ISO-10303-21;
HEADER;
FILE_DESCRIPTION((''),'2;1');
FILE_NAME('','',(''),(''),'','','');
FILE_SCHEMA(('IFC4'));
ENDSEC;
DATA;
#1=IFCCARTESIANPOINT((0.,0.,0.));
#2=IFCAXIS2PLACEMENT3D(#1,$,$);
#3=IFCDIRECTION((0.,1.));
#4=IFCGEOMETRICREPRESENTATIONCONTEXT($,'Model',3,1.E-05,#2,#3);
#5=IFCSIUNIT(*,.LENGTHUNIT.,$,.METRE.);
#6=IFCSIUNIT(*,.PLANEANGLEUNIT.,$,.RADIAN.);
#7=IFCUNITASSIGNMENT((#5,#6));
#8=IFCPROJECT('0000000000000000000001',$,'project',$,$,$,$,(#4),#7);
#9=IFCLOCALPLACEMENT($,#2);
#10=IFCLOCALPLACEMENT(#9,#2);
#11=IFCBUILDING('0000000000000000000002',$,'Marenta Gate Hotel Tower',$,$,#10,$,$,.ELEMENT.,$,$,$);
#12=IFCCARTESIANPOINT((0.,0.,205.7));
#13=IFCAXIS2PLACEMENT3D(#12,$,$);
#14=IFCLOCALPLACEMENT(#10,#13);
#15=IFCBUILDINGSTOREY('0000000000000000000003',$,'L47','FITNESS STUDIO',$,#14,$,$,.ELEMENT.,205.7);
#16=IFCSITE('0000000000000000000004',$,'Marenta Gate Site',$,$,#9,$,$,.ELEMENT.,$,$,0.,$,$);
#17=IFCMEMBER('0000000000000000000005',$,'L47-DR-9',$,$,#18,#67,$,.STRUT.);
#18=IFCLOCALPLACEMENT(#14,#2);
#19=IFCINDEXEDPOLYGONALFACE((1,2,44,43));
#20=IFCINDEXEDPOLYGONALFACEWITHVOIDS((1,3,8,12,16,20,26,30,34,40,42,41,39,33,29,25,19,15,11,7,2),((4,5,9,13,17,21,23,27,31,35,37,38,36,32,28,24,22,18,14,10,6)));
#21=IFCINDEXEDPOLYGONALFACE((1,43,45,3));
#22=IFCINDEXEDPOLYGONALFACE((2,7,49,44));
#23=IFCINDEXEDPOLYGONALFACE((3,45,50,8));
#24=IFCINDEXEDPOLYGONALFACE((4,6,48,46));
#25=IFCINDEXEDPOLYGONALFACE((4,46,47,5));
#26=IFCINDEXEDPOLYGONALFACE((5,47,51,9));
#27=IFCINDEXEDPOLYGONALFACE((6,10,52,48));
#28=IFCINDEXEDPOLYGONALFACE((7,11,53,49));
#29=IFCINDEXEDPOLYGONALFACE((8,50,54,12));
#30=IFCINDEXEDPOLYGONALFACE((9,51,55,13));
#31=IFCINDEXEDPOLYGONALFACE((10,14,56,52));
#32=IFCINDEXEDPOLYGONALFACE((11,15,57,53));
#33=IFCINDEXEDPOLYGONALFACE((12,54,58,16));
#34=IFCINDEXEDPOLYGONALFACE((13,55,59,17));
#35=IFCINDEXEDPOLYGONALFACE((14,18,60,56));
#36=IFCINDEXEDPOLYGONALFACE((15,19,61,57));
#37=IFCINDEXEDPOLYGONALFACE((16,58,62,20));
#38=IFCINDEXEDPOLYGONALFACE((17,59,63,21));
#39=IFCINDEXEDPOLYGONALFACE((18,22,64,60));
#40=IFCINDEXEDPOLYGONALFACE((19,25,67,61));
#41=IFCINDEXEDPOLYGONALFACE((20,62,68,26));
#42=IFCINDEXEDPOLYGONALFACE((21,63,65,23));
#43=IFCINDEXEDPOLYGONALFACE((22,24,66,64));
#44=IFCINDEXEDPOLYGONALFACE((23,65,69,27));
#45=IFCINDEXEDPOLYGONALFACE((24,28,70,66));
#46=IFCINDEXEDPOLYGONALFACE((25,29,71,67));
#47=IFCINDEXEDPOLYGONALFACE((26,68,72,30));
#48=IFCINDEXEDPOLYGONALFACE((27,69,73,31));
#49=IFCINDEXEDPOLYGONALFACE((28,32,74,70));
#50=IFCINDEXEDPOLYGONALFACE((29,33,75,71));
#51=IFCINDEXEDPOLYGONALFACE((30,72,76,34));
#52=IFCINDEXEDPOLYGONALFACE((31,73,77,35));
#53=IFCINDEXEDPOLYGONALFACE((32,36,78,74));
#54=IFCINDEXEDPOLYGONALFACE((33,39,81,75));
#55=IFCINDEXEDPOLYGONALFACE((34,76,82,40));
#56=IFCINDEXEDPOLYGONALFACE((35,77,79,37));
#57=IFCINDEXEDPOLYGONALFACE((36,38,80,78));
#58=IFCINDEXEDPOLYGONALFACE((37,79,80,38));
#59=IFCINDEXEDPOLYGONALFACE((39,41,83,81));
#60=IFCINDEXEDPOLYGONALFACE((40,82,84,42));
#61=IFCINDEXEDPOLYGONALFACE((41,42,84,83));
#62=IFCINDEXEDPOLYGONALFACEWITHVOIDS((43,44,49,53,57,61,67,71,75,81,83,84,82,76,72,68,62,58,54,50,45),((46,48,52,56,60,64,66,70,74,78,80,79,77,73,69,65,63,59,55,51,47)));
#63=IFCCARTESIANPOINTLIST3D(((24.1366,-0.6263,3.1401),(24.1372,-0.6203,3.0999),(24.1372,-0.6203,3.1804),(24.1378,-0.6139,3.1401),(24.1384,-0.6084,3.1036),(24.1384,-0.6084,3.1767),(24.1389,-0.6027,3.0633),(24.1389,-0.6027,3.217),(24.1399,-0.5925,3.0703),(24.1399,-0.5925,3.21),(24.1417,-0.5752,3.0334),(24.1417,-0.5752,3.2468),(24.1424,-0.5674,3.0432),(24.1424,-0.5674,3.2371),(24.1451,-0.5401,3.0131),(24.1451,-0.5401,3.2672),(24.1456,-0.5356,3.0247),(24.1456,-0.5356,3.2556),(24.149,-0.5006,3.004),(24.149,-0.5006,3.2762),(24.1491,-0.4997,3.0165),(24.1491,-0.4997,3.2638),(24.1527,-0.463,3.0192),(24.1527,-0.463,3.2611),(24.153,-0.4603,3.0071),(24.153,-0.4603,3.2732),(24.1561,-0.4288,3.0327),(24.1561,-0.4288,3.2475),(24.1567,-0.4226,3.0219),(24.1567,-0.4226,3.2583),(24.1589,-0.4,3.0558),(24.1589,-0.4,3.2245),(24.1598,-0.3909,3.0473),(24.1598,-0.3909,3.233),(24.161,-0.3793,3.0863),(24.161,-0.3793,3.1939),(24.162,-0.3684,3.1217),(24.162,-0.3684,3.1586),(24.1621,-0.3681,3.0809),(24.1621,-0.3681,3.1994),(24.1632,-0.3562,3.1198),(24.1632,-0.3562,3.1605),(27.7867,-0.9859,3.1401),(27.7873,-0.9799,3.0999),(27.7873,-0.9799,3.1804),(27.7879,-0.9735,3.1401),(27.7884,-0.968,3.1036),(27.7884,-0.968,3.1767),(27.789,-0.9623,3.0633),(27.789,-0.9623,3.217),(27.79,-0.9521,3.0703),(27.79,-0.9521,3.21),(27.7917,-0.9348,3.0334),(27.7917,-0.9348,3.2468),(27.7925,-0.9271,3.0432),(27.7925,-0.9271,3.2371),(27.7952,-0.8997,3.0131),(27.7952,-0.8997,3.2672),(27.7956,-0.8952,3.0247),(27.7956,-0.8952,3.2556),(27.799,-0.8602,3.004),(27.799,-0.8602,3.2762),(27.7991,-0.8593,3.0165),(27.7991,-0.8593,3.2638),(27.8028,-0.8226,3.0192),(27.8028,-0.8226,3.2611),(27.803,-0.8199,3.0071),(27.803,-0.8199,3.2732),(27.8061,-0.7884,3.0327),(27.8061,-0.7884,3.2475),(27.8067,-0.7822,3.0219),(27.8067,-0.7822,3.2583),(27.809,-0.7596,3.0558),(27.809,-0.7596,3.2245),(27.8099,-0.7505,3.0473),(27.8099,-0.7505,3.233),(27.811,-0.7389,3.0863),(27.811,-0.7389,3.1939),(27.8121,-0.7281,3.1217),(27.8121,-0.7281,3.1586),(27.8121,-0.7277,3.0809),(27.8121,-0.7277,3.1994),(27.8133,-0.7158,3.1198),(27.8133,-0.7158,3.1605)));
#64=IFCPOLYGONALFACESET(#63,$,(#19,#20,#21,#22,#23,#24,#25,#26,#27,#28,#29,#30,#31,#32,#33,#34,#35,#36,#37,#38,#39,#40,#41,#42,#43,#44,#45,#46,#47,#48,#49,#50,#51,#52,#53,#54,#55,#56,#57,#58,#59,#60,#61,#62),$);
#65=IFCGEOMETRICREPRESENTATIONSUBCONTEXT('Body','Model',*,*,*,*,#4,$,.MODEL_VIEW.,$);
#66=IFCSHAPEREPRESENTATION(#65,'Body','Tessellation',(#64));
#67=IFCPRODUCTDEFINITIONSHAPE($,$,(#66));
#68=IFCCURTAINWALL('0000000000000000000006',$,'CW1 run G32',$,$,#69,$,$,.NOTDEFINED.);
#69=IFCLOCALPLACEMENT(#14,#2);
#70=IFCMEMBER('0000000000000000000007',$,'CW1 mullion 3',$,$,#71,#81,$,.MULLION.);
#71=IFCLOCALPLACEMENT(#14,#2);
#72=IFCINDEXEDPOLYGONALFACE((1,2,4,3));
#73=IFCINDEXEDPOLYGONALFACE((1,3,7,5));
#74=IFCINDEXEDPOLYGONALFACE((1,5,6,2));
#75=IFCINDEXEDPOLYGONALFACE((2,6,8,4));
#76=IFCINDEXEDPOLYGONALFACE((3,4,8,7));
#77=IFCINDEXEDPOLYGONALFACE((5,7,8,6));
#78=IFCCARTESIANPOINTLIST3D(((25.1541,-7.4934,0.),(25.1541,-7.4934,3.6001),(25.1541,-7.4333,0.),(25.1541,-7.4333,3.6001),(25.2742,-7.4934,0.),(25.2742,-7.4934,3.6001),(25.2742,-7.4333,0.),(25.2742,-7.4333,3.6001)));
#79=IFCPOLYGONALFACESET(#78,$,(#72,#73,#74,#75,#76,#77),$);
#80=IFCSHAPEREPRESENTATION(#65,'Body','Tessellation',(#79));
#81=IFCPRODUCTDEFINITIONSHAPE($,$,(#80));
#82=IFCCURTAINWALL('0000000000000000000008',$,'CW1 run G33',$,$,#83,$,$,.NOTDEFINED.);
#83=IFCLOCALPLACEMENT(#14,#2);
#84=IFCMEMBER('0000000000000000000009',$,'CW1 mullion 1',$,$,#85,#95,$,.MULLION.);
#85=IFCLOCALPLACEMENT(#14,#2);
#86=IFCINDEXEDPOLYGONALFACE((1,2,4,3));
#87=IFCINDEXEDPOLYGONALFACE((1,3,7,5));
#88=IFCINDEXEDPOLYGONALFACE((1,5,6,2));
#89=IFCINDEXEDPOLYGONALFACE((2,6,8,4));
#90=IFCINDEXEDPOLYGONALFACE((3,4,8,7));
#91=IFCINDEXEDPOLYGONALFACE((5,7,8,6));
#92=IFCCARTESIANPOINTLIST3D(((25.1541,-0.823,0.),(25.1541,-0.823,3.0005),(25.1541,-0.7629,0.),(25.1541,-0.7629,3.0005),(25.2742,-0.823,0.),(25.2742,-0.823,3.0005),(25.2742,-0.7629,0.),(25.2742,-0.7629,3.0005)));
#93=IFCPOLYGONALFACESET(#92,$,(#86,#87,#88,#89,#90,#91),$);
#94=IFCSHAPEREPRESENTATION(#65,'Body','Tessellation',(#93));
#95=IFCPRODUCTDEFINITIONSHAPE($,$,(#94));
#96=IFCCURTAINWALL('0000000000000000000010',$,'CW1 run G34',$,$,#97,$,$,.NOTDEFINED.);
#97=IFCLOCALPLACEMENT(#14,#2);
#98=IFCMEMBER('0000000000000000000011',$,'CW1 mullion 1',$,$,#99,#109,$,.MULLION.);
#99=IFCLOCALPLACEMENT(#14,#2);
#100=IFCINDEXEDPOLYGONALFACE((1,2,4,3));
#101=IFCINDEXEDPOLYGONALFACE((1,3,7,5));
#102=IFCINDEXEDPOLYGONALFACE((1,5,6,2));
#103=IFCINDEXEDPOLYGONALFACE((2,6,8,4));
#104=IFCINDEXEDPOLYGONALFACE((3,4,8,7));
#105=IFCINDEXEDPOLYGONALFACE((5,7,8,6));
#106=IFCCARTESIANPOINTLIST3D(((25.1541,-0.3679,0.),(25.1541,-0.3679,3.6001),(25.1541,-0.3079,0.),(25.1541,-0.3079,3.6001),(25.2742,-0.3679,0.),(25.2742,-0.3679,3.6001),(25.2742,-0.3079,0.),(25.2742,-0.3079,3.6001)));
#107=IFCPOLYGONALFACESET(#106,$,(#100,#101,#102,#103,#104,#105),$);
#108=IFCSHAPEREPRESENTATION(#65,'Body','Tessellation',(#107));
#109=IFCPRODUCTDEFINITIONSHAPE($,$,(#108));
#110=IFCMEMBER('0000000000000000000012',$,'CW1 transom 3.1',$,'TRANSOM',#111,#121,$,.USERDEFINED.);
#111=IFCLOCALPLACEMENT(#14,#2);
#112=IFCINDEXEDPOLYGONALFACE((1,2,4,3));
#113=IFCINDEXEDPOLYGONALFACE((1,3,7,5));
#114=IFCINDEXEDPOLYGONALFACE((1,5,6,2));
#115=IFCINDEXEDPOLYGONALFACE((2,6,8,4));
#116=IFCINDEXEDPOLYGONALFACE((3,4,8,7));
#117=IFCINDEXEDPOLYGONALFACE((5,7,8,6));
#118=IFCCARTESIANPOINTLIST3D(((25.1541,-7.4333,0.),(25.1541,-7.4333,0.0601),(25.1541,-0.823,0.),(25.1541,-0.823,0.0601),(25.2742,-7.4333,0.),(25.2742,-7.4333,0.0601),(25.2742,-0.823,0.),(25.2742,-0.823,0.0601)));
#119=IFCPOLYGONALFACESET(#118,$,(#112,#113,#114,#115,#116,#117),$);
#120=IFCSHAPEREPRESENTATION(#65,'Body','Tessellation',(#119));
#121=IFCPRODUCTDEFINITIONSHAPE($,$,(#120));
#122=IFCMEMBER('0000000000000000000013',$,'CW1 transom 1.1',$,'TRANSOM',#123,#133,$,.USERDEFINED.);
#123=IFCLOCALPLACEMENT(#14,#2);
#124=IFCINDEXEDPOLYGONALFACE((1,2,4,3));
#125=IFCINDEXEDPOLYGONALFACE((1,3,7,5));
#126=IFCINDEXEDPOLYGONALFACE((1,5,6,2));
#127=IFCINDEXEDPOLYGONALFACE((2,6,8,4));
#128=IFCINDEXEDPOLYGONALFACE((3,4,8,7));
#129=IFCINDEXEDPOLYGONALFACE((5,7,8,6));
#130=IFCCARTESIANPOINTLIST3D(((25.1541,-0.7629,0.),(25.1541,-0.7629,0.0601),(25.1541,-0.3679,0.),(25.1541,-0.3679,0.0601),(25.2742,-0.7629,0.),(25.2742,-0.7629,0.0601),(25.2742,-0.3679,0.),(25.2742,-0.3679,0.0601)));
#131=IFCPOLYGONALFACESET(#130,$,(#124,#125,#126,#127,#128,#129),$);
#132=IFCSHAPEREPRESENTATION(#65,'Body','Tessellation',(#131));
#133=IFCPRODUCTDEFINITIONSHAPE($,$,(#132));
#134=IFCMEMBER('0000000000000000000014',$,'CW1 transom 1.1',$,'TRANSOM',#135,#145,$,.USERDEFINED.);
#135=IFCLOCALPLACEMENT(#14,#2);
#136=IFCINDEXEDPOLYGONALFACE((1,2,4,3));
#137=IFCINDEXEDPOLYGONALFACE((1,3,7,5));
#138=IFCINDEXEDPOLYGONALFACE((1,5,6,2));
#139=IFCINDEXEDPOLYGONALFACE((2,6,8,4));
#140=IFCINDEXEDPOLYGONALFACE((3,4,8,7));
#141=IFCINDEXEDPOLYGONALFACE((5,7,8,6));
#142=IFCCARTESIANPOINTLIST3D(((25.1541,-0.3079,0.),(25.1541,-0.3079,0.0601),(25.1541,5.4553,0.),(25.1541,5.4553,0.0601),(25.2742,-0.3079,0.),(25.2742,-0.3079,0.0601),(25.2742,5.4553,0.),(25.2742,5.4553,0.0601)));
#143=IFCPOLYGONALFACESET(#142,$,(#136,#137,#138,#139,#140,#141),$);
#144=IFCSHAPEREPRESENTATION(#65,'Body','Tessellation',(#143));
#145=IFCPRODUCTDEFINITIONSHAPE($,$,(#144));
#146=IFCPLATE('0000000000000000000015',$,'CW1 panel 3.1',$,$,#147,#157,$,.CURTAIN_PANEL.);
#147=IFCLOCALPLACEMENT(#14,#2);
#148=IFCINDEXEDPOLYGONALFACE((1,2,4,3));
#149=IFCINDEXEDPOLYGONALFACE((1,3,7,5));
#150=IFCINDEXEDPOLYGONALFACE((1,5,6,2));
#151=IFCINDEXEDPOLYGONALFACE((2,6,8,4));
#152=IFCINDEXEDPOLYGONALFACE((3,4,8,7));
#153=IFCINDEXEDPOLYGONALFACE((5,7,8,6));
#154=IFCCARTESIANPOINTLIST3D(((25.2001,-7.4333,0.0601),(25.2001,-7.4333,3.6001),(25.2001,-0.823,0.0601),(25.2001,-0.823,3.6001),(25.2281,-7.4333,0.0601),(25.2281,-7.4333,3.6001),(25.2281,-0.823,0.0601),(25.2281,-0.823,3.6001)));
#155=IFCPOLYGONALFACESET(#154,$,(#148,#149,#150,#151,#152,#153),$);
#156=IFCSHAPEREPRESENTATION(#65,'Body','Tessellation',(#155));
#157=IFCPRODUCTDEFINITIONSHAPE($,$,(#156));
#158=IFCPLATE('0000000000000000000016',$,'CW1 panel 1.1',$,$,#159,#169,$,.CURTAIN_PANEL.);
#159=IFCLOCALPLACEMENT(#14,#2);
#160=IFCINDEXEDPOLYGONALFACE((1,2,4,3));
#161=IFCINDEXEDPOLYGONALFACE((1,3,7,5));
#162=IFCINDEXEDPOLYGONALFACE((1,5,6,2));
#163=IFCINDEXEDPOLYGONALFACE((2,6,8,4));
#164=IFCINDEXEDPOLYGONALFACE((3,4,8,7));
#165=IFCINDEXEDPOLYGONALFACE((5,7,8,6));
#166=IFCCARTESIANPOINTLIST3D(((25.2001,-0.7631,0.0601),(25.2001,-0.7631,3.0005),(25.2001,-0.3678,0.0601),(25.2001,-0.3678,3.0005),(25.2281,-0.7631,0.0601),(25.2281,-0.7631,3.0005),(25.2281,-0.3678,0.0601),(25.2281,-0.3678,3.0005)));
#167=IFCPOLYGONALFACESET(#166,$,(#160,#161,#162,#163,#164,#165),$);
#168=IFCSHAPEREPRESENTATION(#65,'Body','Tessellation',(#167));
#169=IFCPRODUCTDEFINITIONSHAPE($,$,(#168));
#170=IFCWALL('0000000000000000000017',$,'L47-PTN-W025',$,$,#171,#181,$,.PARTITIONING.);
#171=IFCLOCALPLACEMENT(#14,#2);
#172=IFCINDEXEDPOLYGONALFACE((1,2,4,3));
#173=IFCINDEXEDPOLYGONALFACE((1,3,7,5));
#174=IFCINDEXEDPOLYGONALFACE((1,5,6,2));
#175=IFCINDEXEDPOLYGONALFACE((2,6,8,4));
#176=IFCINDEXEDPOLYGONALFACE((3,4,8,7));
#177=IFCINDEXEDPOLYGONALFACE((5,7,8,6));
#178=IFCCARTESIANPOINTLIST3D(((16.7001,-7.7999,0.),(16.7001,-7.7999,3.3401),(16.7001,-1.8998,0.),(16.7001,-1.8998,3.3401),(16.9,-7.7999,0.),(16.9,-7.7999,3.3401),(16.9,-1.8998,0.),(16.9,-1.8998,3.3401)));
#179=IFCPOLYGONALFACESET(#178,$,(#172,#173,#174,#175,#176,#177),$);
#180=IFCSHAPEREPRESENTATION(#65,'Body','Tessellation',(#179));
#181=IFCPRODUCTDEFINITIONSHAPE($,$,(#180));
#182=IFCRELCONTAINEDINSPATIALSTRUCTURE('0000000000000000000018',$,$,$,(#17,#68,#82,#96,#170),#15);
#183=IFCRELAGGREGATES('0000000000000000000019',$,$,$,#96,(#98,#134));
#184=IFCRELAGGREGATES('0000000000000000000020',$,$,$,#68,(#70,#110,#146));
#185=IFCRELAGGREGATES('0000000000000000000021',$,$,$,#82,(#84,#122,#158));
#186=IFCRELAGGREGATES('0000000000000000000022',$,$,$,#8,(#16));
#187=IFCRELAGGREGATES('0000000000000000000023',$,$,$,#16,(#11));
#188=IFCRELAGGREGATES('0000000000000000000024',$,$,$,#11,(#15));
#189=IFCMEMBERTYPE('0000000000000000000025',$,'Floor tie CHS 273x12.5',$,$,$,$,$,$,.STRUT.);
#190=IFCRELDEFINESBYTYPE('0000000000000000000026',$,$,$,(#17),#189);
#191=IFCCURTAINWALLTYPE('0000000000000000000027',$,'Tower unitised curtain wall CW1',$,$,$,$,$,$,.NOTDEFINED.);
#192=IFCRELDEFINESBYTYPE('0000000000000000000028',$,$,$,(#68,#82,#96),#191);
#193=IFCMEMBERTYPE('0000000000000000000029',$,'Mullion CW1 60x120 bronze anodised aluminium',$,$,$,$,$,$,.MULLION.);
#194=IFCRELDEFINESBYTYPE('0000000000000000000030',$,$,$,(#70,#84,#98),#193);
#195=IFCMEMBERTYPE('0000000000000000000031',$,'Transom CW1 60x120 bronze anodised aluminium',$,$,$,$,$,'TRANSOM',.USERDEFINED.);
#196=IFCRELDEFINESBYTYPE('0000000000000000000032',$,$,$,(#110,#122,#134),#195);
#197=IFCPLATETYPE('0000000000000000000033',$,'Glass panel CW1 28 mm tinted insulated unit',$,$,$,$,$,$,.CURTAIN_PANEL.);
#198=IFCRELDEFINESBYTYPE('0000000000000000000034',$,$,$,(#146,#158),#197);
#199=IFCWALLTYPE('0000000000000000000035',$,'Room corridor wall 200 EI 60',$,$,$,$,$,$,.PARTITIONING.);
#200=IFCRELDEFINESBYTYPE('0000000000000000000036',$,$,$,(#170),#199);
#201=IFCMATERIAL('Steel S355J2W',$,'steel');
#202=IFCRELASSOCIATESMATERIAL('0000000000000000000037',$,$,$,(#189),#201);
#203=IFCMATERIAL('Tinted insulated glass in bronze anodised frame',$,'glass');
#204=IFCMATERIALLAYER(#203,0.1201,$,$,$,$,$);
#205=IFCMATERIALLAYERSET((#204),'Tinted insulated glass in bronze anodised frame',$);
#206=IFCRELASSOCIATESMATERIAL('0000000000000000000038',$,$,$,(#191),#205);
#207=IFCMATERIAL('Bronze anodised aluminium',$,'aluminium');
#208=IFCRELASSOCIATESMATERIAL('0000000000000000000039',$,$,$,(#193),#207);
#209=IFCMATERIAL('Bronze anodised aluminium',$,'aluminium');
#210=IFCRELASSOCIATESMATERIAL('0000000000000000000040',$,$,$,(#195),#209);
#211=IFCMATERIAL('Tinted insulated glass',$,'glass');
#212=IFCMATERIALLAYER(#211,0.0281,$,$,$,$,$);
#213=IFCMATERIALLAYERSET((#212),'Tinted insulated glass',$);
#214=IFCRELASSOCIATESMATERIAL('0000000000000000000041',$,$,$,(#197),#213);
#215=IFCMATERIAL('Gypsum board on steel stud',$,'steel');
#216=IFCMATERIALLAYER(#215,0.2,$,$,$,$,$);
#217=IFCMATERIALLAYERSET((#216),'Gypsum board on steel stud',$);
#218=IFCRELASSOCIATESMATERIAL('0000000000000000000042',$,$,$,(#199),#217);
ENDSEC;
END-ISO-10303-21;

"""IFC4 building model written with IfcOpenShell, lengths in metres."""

from ifc_helpers import new_model, si_unit, direction, frame, frame_2d, origin, origin_2d, place, context, subcontext, project, spatial, rectangle, hollow_circle, extrude, material, layer, layer_set, material_profile, profile_set, type_object, element, aggregate, save


model = new_model("IFC4")

# Units and contexts
model_context = context("Model", 3, precision=1e-05, world=origin(), true_north=direction((0.0, 1.0)))
body_context = subcontext(model_context, "Body", "Model", "MODEL_VIEW")
ifc_project = project(units=[si_unit("LENGTHUNIT", "METRE"), si_unit("PLANEANGLEUNIT", "RADIAN")], contexts=[model_context])

# Site, building, storey
site_placement = place(None, origin())
site = spatial("IfcSite", under=ifc_project, at=site_placement, Name="Marenta Gate Site", CompositionType="ELEMENT", RefElevation=0.0)
building_placement = place(site_placement, origin())
building = spatial("IfcBuilding", under=site, at=building_placement, Name="Marenta Gate Hotel Tower", CompositionType="ELEMENT")
storey_placement = place(building_placement, frame((0.0, 0.0, 205.7)))
storey = spatial("IfcBuildingStorey", under=building, at=storey_placement, Name="L47", Description="FITNESS STUDIO", CompositionType="ELEMENT", Elevation=205.7)

# Member
ifc_material_1 = material(Name="Steel S355J2W", Category="steel")
ifc_material_profile_1 = material_profile(ifc_material_1, hollow_circle(Radius=0.1365, WallThickness=0.0125, at=origin_2d()), Name="CHS 273x12.5")
ifc_profile_set_1 = profile_set([ifc_material_profile_1], Name="Steel S355J2W")
member_type_1 = type_object("IfcMemberType", Name="Floor tie CHS 273x12.5", PredefinedType="STRUT", material=ifc_profile_set_1)
member_1_placement = place(storey_placement, frame((27.8, -0.8501, 3.1401), z_axis=(-0.995182, 0.098047, 0.0), x_axis=(-0.098047, -0.995182, 0.0)))
element("IfcMember", 1, at=member_1_placement, inside=storey, type_object=member_type_1, Name="L47-DR-9", PredefinedType="STRUT", context=body_context, shape_type="SweptSolid", body=[
    extrude(hollow_circle(Radius=0.1365, WallThickness=0.0125, at=origin_2d()), origin(), (0.0, 0.0, 1.0), 3.6677),
])

# Curtain walls, members
ifc_material_2 = material(Name="Tinted insulated glass in bronze anodised frame", Category="glass")
ifc_layer_1 = layer(ifc_material_2, 0.1201)
ifc_layer_set_1 = layer_set([ifc_layer_1], Name="Tinted insulated glass in bronze anodised frame")
curtain_wall_type = type_object("IfcCurtainWallType", Name="Tower unitised curtain wall CW1", PredefinedType="NOTDEFINED", material=ifc_layer_set_1)
curtain_wall_1_placement = place(storey_placement, origin())
curtain_wall_1 = element("IfcCurtainWall", 2, at=curtain_wall_1_placement, inside=storey, type_object=curtain_wall_type, Name="CW1 run G32", PredefinedType="NOTDEFINED")
ifc_material_3 = material(Name="Bronze anodised aluminium", Category="aluminium")
ifc_material_profile_2 = material_profile(ifc_material_3, rectangle(XDim=0.1201, YDim=0.0601, at=origin_2d()), Name="Mullion CW1 60x120 bronze anodised aluminium")
ifc_profile_set_2 = profile_set([ifc_material_profile_2], Name="Bronze anodised aluminium")
member_type_2 = type_object("IfcMemberType", Name="Mullion CW1 60x120 bronze anodised aluminium", PredefinedType="MULLION", material=ifc_profile_set_2)
member_2_placement = place(storey_placement, frame((25.2141, -7.4634, 0.0), z_axis=(0.0, 0.0, 1.0), x_axis=(-1.0, 0.0, 0.0)))
member_2 = element("IfcMember", 3, at=member_2_placement, type_object=member_type_2, Name="CW1 mullion 3", PredefinedType="MULLION", context=body_context, shape_type="SweptSolid", body=[
    extrude(rectangle(XDim=0.1201, YDim=0.0601, at=origin_2d()), origin(), (0.0, 0.0, 1.0), 3.6001),
])
curtain_wall_2_placement = place(storey_placement, origin())
curtain_wall_2 = element("IfcCurtainWall", 4, at=curtain_wall_2_placement, inside=storey, type_object=curtain_wall_type, Name="CW1 run G33", PredefinedType="NOTDEFINED")
member_3_placement = place(storey_placement, frame((25.2141, -0.793, 0.0), z_axis=(0.0, 0.0, 1.0), x_axis=(-1.0, 0.0, 0.0)))
member_3 = element("IfcMember", 5, at=member_3_placement, type_object=member_type_2, Name="CW1 mullion 1", PredefinedType="MULLION", context=body_context, shape_type="SweptSolid", body=[
    extrude(rectangle(XDim=0.1201, YDim=0.0601, at=origin_2d()), origin(), (0.0, 0.0, 1.0), 3.0005),
])
curtain_wall_3_placement = place(storey_placement, origin())
curtain_wall_3 = element("IfcCurtainWall", 6, at=curtain_wall_3_placement, inside=storey, type_object=curtain_wall_type, Name="CW1 run G34", PredefinedType="NOTDEFINED")
member_4_placement = place(storey_placement, frame((25.2141, -0.3379, 0.0), z_axis=(0.0, 0.0, 1.0), x_axis=(-1.0, 0.0, 0.0)))
member_4 = element("IfcMember", 7, at=member_4_placement, type_object=member_type_2, Name="CW1 mullion 1", PredefinedType="MULLION", context=body_context, shape_type="SweptSolid", body=[
    extrude(rectangle(XDim=0.1201, YDim=0.0601, at=origin_2d()), origin(), (0.0, 0.0, 1.0), 3.6001),
])

# Members
ifc_material_4 = material(Name="Bronze anodised aluminium", Category="aluminium")
ifc_material_profile_3 = material_profile(ifc_material_4, rectangle(XDim=0.1201, YDim=0.0601, at=origin_2d()), Name="Transom CW1 60x120 bronze anodised aluminium")
ifc_profile_set_3 = profile_set([ifc_material_profile_3], Name="Bronze anodised aluminium")
member_type_3 = type_object("IfcMemberType", Name="Transom CW1 60x120 bronze anodised aluminium", ElementType="TRANSOM", PredefinedType="USERDEFINED", material=ifc_profile_set_3)
member_5_placement = place(storey_placement, frame((25.2141, -7.4333, 0.03), z_axis=(0.0, 1.0, 0.0), x_axis=(-1.0, 0.0, 0.0)))
member_5 = element("IfcMember", 8, at=member_5_placement, type_object=member_type_3, Name="CW1 transom 3.1", ObjectType="TRANSOM", PredefinedType="USERDEFINED", context=body_context, shape_type="SweptSolid", body=[
    extrude(rectangle(XDim=0.1201, YDim=0.0601, at=origin_2d()), origin(), (0.0, 0.0, 1.0), 6.6104),
])
member_6_placement = place(storey_placement, frame((25.2141, -0.7629, 0.03), z_axis=(0.0, 1.0, 0.0), x_axis=(-1.0, 0.0, 0.0)))
member_6 = element("IfcMember", 9, at=member_6_placement, type_object=member_type_3, Name="CW1 transom 1.1", ObjectType="TRANSOM", PredefinedType="USERDEFINED", context=body_context, shape_type="SweptSolid", body=[
    extrude(rectangle(XDim=0.1201, YDim=0.0601, at=origin_2d()), origin(), (0.0, 0.0, 1.0), 0.395),
])
member_7_placement = place(storey_placement, frame((25.2141, -0.3079, 0.03), z_axis=(0.0, 1.0, 0.0), x_axis=(-1.0, 0.0, 0.0)))
member_7 = element("IfcMember", 10, at=member_7_placement, type_object=member_type_3, Name="CW1 transom 1.1", ObjectType="TRANSOM", PredefinedType="USERDEFINED", context=body_context, shape_type="SweptSolid", body=[
    extrude(rectangle(XDim=0.1201, YDim=0.0601, at=origin_2d()), origin(), (0.0, 0.0, 1.0), 5.7632),
])
aggregate(curtain_wall_3, [member_4, member_7])

# Plates
ifc_material_5 = material(Name="Tinted insulated glass", Category="glass")
ifc_layer_2 = layer(ifc_material_5, 0.0281)
ifc_layer_set_2 = layer_set([ifc_layer_2], Name="Tinted insulated glass")
plate_type = type_object("IfcPlateType", Name="Glass panel CW1 28 mm tinted insulated unit", PredefinedType="CURTAIN_PANEL", material=ifc_layer_set_2)
plate_1_placement = place(storey_placement, frame((25.2141, -4.1282, 0.0601), z_axis=(0.0, 0.0, 1.0), x_axis=(0.0, 1.0, 0.0)))
plate_1 = element("IfcPlate", 11, at=plate_1_placement, type_object=plate_type, Name="CW1 panel 3.1", PredefinedType="CURTAIN_PANEL", context=body_context, shape_type="SweptSolid", body=[
    extrude(rectangle(XDim=6.6104, YDim=0.0281, at=origin_2d()), origin(), (0.0, 0.0, 1.0), 3.54),
])
aggregate(curtain_wall_1, [member_2, member_5, plate_1])
plate_2_placement = place(storey_placement, frame((25.2141, -0.5654, 0.0601), z_axis=(0.0, 0.0, 1.0), x_axis=(0.0, 1.0, 0.0)))
plate_2 = element("IfcPlate", 12, at=plate_2_placement, type_object=plate_type, Name="CW1 panel 1.1", PredefinedType="CURTAIN_PANEL", context=body_context, shape_type="SweptSolid", body=[
    extrude(rectangle(XDim=0.3953, YDim=0.0281, at=origin_2d()), origin(), (0.0, 0.0, 1.0), 2.9404),
])
aggregate(curtain_wall_2, [member_3, member_6, plate_2])

# Wall
ifc_material_6 = material(Name="Gypsum board on steel stud", Category="steel")
ifc_layer_3 = layer(ifc_material_6, 0.2)
ifc_layer_set_3 = layer_set([ifc_layer_3], Name="Gypsum board on steel stud")
wall_type_1 = type_object("IfcWallType", Name="Room corridor wall 200 EI 60", PredefinedType="PARTITIONING", material=ifc_layer_set_3)
wall_1_placement = place(storey_placement, frame((16.8, -7.8, 0.0), z_axis=(0.0, 0.0, 1.0), x_axis=(0.0, 1.0, 0.0)))
element("IfcWall", 13, at=wall_1_placement, inside=storey, type_object=wall_type_1, Name="L47-PTN-W025", PredefinedType="PARTITIONING", context=body_context, shape_type="SweptSolid", body=[
    extrude(rectangle(XDim=5.9001, YDim=0.2, at=frame_2d((2.9502, 0.0))), origin(), (0.0, 0.0, 1.0), 3.3401),
])

save(model, "model.ifc")
